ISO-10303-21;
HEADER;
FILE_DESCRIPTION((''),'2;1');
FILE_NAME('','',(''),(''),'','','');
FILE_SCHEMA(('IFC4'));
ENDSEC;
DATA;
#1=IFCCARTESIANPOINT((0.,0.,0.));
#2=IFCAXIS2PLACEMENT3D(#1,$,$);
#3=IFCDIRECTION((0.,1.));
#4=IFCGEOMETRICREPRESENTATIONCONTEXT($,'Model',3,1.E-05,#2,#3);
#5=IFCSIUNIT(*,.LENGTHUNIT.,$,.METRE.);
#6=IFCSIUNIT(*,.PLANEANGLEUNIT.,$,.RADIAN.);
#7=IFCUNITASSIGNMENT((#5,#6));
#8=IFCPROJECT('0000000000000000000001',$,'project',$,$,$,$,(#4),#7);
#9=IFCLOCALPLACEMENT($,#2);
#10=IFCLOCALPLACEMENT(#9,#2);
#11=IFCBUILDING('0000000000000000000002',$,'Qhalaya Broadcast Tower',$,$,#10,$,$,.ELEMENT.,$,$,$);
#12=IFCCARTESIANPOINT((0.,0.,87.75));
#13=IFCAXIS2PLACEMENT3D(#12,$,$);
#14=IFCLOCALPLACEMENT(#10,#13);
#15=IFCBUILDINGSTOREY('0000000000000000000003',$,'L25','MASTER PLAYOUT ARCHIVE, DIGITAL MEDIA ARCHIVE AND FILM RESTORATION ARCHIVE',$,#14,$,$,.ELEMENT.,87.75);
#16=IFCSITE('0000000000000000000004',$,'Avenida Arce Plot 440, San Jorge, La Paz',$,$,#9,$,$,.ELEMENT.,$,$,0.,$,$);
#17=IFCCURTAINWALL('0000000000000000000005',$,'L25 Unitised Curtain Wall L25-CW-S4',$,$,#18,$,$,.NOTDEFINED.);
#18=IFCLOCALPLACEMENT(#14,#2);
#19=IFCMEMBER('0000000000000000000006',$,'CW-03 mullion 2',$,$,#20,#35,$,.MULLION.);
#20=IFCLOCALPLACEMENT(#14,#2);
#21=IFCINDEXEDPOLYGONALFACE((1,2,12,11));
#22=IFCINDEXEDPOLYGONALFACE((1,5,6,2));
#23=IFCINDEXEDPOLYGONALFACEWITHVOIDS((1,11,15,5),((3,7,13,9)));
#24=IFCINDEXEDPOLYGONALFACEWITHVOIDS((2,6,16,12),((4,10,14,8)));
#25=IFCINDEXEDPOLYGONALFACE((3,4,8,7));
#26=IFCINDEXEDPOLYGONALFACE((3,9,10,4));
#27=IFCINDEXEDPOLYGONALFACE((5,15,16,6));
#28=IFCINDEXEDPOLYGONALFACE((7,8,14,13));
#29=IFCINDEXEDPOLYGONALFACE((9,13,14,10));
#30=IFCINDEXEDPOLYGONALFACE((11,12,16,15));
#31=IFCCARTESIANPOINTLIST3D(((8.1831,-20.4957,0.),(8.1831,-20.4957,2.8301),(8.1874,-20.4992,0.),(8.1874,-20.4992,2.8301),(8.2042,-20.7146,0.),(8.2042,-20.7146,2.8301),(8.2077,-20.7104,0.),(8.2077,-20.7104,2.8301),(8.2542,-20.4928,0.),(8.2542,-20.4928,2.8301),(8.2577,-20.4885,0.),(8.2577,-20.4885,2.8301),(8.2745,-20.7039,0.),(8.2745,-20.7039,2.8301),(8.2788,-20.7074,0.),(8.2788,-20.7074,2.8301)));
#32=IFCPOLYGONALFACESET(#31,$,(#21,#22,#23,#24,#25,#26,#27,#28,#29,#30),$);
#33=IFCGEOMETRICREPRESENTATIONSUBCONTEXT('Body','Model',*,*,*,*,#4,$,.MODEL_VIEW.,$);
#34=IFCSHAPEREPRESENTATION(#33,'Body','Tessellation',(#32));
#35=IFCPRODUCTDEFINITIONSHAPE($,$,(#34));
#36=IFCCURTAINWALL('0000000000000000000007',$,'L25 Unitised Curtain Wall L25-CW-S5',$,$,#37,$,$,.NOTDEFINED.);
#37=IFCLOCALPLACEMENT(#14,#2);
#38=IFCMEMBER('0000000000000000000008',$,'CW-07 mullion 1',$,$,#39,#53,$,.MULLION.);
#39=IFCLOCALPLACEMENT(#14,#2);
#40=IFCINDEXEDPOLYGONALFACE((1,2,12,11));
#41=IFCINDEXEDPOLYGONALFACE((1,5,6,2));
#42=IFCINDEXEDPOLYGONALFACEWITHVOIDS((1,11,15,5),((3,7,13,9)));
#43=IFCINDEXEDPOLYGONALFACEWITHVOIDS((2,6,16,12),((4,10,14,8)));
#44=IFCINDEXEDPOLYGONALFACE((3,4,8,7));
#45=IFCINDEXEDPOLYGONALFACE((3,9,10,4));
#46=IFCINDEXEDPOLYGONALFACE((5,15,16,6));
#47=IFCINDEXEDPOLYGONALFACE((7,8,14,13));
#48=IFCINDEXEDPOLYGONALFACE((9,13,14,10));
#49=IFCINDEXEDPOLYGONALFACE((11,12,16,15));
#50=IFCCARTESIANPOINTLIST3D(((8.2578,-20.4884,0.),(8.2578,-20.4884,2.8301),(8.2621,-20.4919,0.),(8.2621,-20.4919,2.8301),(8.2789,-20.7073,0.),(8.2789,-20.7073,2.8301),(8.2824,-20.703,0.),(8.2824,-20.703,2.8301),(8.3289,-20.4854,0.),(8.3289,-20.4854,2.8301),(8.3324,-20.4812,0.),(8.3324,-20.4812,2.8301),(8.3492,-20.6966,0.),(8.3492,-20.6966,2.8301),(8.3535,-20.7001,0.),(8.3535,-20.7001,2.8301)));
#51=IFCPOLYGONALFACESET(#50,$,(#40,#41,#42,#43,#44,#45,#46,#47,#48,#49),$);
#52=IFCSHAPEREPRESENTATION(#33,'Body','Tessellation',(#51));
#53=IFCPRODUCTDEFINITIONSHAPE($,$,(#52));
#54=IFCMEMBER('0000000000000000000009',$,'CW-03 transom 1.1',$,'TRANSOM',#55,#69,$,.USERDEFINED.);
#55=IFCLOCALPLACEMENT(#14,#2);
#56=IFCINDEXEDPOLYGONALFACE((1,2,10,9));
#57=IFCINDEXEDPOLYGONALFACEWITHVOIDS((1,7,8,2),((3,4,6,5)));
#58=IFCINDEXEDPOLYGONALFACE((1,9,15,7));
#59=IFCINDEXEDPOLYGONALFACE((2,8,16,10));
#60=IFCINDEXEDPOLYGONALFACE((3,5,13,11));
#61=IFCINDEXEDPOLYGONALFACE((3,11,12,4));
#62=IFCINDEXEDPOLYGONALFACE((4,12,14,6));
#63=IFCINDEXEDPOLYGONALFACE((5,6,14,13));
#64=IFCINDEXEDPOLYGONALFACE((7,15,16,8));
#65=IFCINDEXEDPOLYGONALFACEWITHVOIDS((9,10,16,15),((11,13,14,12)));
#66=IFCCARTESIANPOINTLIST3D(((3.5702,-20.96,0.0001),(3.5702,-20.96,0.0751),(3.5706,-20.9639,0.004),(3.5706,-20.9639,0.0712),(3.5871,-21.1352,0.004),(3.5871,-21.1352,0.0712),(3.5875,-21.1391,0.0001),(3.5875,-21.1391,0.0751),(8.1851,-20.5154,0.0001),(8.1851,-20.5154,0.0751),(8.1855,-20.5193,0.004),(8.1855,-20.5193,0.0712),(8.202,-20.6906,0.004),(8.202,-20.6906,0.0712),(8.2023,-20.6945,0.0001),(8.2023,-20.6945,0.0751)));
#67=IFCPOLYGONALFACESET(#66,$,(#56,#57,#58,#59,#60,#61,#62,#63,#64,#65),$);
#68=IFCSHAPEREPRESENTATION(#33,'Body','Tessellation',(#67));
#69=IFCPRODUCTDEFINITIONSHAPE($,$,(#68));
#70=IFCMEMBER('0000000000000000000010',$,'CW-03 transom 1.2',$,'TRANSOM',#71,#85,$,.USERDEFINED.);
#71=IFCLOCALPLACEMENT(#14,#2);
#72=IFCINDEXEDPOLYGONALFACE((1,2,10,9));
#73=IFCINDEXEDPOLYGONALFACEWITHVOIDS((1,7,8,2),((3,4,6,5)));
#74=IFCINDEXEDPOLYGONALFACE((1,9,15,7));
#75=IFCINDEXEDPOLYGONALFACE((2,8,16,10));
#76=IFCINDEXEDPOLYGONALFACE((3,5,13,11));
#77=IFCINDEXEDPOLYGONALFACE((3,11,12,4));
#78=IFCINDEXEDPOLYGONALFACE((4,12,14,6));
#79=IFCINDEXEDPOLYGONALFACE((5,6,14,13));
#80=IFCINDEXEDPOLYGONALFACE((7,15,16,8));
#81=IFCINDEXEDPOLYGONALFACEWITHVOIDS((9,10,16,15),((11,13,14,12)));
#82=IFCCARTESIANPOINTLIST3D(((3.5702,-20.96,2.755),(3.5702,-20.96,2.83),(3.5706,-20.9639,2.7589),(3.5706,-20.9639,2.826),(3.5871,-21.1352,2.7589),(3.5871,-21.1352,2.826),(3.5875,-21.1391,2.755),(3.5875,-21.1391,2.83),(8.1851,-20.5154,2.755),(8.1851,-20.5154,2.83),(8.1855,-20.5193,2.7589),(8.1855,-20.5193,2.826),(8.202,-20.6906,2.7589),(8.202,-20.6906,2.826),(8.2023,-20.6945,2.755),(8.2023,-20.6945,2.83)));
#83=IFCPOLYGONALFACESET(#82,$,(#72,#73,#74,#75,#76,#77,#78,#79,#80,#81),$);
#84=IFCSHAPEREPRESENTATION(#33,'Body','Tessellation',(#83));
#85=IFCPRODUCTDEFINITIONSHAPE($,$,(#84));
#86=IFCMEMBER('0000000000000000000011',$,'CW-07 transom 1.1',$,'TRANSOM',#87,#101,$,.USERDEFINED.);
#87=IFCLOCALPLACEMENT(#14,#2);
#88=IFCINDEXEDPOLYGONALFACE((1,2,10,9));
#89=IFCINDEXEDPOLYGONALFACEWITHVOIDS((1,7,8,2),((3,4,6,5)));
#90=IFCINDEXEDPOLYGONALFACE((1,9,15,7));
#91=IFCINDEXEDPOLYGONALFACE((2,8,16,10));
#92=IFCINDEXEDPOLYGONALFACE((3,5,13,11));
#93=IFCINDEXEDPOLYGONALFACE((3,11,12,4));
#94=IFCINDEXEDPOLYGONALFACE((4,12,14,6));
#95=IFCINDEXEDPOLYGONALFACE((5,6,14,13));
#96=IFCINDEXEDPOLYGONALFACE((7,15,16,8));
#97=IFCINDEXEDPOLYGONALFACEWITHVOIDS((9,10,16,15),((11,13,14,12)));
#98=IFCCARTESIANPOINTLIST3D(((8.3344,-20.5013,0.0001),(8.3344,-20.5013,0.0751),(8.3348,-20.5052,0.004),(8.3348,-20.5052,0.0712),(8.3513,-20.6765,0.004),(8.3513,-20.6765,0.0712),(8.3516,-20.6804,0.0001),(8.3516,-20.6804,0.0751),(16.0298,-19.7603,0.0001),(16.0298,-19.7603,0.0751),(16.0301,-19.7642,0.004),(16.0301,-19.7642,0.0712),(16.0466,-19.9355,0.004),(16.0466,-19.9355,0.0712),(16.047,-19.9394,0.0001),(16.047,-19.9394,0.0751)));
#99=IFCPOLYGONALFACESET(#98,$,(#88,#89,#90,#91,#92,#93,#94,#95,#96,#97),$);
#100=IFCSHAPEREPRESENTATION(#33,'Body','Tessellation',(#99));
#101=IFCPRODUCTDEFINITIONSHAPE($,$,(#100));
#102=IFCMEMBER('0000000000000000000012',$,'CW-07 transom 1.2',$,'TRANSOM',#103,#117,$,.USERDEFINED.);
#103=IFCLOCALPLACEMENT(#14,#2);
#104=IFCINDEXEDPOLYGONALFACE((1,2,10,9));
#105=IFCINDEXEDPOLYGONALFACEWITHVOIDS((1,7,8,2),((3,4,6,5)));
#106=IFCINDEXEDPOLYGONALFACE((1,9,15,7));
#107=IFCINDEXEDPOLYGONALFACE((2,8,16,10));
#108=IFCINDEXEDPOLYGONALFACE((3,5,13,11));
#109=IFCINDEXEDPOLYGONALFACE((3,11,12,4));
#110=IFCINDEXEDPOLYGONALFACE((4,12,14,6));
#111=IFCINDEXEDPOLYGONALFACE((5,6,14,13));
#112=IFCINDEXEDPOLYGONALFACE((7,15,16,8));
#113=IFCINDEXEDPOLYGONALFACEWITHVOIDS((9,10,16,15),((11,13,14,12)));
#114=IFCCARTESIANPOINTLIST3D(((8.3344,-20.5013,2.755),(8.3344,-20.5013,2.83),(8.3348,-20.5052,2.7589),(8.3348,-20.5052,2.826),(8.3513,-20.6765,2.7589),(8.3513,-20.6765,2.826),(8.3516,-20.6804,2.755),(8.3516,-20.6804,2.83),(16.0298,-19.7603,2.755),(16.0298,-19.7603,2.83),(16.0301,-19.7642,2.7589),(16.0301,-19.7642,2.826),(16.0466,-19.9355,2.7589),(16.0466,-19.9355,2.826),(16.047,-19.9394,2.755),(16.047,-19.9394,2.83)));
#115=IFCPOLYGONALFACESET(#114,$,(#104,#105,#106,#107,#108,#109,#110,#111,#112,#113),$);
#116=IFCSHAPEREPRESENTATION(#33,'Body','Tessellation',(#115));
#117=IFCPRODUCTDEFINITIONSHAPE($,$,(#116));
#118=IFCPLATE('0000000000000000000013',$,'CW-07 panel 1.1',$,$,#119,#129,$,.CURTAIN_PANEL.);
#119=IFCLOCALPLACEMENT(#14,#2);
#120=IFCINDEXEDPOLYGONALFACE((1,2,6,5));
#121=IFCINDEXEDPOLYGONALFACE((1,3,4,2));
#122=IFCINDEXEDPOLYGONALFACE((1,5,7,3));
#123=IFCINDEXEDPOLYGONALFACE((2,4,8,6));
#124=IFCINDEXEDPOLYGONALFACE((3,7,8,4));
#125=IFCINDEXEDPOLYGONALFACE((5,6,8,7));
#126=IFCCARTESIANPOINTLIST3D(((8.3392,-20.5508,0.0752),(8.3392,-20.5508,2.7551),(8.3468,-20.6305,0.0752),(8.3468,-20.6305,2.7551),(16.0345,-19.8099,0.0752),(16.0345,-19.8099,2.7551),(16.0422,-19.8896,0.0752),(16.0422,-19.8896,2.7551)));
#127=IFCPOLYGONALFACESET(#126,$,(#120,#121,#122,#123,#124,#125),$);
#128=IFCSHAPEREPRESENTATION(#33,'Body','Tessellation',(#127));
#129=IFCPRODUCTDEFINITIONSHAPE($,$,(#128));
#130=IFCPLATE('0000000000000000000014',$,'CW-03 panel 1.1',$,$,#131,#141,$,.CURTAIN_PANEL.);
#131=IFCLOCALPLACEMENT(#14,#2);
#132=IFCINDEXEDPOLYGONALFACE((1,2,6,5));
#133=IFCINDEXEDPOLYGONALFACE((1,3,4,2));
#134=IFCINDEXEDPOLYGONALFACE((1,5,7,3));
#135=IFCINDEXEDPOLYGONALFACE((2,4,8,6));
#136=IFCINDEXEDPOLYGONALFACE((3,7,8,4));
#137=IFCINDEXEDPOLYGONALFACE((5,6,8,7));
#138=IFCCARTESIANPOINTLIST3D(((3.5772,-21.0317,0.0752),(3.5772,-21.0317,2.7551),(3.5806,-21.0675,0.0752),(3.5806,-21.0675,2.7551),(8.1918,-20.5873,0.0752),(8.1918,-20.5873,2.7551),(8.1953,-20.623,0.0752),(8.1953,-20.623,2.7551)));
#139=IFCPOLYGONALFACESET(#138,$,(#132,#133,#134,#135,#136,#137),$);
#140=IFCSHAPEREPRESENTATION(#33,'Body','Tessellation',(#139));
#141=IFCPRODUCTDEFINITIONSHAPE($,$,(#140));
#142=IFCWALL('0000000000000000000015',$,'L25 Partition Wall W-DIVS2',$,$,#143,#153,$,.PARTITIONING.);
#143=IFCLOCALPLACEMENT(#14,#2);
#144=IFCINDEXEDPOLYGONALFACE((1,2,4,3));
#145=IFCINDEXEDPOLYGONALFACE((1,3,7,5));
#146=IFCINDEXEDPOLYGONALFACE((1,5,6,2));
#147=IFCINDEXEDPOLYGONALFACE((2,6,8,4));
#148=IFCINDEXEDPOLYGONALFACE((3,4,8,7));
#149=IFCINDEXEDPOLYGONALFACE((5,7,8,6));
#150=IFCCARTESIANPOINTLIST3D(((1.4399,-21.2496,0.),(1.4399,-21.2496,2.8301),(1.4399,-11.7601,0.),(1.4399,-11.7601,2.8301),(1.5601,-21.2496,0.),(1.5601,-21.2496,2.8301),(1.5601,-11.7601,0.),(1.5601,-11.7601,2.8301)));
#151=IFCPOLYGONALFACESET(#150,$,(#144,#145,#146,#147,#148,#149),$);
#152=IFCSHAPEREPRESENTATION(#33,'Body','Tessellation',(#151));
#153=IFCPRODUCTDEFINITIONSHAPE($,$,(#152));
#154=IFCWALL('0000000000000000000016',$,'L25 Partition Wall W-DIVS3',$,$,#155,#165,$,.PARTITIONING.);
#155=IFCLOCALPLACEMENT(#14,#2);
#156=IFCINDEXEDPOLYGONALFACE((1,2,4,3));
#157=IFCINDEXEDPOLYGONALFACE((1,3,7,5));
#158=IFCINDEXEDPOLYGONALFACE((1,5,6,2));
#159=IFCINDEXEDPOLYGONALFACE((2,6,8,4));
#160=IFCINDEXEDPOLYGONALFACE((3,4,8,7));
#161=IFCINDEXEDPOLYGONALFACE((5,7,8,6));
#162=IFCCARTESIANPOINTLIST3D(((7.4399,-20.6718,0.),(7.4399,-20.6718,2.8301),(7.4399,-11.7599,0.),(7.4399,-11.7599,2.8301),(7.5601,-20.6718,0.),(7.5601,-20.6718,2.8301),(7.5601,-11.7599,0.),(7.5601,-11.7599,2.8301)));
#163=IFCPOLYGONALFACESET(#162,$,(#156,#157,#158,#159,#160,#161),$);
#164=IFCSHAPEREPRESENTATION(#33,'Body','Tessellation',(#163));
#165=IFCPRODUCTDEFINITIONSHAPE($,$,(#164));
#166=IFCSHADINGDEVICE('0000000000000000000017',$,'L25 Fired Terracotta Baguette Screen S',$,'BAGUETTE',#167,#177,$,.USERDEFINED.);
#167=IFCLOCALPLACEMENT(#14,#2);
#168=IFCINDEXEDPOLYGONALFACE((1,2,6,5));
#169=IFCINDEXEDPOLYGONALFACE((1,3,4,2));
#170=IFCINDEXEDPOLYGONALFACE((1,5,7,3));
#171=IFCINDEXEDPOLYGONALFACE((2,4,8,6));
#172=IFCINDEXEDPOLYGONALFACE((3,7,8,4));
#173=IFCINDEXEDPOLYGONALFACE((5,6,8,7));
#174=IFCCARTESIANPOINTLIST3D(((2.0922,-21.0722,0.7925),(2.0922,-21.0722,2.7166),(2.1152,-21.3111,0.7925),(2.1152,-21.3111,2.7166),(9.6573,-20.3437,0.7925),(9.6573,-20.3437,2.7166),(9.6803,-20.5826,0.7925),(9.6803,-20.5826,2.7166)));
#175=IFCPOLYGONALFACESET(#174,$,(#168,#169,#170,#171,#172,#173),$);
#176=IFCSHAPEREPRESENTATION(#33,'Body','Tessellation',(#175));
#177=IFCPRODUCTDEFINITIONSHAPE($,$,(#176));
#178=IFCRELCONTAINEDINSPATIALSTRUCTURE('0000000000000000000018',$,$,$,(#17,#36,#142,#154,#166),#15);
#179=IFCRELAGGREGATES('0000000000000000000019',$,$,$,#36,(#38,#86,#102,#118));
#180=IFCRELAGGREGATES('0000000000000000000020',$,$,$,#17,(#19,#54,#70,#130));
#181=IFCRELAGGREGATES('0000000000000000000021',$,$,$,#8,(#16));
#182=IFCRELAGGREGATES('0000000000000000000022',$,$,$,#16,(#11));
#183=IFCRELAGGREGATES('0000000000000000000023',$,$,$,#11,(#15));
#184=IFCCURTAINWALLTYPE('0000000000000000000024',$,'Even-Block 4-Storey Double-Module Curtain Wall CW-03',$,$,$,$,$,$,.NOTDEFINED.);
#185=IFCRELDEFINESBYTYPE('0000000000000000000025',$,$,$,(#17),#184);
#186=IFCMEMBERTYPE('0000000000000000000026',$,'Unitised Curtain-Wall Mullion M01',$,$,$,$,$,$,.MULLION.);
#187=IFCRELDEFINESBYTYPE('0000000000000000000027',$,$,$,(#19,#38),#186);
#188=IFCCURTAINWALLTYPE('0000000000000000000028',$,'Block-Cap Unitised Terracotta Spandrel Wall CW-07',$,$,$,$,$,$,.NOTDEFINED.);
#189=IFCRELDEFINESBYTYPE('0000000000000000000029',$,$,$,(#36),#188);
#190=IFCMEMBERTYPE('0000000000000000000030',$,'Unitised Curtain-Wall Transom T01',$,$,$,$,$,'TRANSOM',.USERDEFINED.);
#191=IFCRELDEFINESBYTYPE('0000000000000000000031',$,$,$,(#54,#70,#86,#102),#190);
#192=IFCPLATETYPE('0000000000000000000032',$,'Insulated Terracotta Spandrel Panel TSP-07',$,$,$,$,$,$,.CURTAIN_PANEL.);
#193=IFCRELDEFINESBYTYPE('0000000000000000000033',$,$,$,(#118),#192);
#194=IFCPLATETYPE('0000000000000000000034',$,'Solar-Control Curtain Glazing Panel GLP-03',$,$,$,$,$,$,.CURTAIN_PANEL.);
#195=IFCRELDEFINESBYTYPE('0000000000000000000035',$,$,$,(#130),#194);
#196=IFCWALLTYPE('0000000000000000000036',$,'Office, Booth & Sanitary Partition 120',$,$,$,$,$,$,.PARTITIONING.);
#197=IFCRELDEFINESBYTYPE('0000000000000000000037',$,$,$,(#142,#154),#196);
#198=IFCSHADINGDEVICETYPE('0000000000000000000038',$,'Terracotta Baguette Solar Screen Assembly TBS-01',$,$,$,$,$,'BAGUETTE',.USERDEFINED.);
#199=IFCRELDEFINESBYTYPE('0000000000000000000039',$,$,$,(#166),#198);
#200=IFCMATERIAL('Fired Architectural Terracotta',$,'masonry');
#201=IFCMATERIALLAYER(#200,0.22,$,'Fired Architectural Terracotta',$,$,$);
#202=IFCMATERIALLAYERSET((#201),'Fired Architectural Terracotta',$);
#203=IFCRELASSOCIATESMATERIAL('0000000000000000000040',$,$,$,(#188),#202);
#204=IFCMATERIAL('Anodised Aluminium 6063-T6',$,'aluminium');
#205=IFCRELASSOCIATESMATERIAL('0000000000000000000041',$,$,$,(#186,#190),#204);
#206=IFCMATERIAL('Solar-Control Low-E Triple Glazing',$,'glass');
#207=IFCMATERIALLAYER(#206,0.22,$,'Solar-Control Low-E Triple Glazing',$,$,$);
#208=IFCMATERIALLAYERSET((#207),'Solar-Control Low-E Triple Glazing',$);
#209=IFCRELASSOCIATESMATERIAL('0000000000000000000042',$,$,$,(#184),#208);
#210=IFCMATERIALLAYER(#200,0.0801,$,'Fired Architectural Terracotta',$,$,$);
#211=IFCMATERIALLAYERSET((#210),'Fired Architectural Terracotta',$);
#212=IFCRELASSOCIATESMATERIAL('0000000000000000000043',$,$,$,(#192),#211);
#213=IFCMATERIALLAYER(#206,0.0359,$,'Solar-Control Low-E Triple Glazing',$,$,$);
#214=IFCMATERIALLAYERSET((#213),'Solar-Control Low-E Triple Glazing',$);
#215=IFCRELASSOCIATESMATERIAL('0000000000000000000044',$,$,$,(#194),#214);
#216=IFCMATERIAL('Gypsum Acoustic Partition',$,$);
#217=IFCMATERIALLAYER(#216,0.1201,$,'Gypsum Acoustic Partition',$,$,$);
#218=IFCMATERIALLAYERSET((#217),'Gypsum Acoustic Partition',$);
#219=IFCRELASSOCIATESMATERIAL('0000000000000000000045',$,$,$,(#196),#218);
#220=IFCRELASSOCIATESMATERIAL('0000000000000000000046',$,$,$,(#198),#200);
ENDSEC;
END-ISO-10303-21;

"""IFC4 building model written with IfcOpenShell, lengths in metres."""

from ifc_helpers import new_model, si_unit, direction, frame, frame_2d, origin, origin_2d, place, context, subcontext, project, spatial, rectangle, hollow_rectangle, extrude, material, layer, layer_set, material_profile, profile_set, type_object, element, aggregate, save


model = new_model("IFC4")

# Units and contexts
model_context = context("Model", 3, precision=1e-05, world=origin(), true_north=direction((0.0, 1.0)))
body_context = subcontext(model_context, "Body", "Model", "MODEL_VIEW")
ifc_project = project(units=[si_unit("LENGTHUNIT", "METRE"), si_unit("PLANEANGLEUNIT", "RADIAN")], contexts=[model_context])

# Site, building, storey
site_placement = place(None, origin())
site = spatial("IfcSite", under=ifc_project, at=site_placement, Name="Avenida Arce Plot 440, San Jorge, La Paz", CompositionType="ELEMENT", RefElevation=0.0)
building_placement = place(site_placement, origin())
building = spatial("IfcBuilding", under=site, at=building_placement, Name="Qhalaya Broadcast Tower", CompositionType="ELEMENT")
storey_placement = place(building_placement, frame((0.0, 0.0, 87.75)))
storey = spatial("IfcBuildingStorey", under=building, at=storey_placement, Name="L25", Description="MASTER PLAYOUT ARCHIVE, DIGITAL MEDIA ARCHIVE AND FILM RESTORATION ARCHIVE", CompositionType="ELEMENT", Elevation=87.75)

# Shared definitions
ifc_material_1 = material(Name="Fired Architectural Terracotta", Category="masonry")
ifc_layer_1 = layer(ifc_material_1, 0.22, Name="Fired Architectural Terracotta")
ifc_layer_set_1 = layer_set([ifc_layer_1], Name="Fired Architectural Terracotta")
curtain_wall_type_1 = type_object("IfcCurtainWallType", Name="Block-Cap Unitised Terracotta Spandrel Wall CW-07", PredefinedType="NOTDEFINED", material=ifc_layer_set_1)
ifc_material_2 = material(Name="Anodised Aluminium 6063-T6", Category="aluminium")
ifc_material_profile_1 = material_profile(ifc_material_2, hollow_rectangle(XDim=0.075, YDim=0.22, WallThickness=0.0039, at=origin_2d()), Name="ALU-MUL 75x220x4")
ifc_profile_set_1 = profile_set([ifc_material_profile_1], Name="Anodised Aluminium 6063-T6")
member_type_1 = type_object("IfcMemberType", Name="Unitised Curtain-Wall Mullion M01", PredefinedType="MULLION", material=ifc_profile_set_1)

# Curtain wall, member
ifc_material_3 = material(Name="Solar-Control Low-E Triple Glazing", Category="glass")
ifc_layer_2 = layer(ifc_material_3, 0.22, Name="Solar-Control Low-E Triple Glazing")
ifc_layer_set_2 = layer_set([ifc_layer_2], Name="Solar-Control Low-E Triple Glazing")
curtain_wall_type_2 = type_object("IfcCurtainWallType", Name="Even-Block 4-Storey Double-Module Curtain Wall CW-03", PredefinedType="NOTDEFINED", material=ifc_layer_set_2)
curtain_wall_1_placement = place(storey_placement, origin())
curtain_wall_1 = element("IfcCurtainWall", 1, at=curtain_wall_1_placement, inside=storey, type_object=curtain_wall_type_2, Name="L25 Unitised Curtain Wall L25-CW-S4", PredefinedType="NOTDEFINED")
member_1_placement = place(storey_placement, frame((8.231, -20.6016, 0.0), z_axis=(0.0, 0.0, 1.0), x_axis=(0.995395, 0.095862, 0.0)))
member_1 = element("IfcMember", 2, at=member_1_placement, type_object=member_type_1, Name="CW-03 mullion 2", PredefinedType="MULLION", context=body_context, shape_type="SweptSolid", body=[
    extrude(hollow_rectangle(XDim=0.075, YDim=0.22, WallThickness=0.0039, at=origin_2d()), origin(), (0.0, 0.0, 1.0), 2.8301),
])

# Curtain wall, member
curtain_wall_2_placement = place(storey_placement, origin())
curtain_wall_2 = element("IfcCurtainWall", 3, at=curtain_wall_2_placement, inside=storey, type_object=curtain_wall_type_1, Name="L25 Unitised Curtain Wall L25-CW-S5", PredefinedType="NOTDEFINED")
member_2_placement = place(storey_placement, frame((8.3057, -20.5942, 0.0), z_axis=(0.0, 0.0, 1.0), x_axis=(0.995397, 0.095838, 0.0)))
member_2 = element("IfcMember", 4, at=member_2_placement, type_object=member_type_1, Name="CW-07 mullion 1", PredefinedType="MULLION", context=body_context, shape_type="SweptSolid", body=[
    extrude(hollow_rectangle(XDim=0.075, YDim=0.22, WallThickness=0.0039, at=origin_2d()), origin(), (0.0, 0.0, 1.0), 2.8301),
])

# Members
ifc_material_profile_2 = material_profile(ifc_material_2, hollow_rectangle(XDim=0.075, YDim=0.1799, WallThickness=0.0039, at=origin_2d()), Name="ALU-TRN 75x180x4")
ifc_profile_set_2 = profile_set([ifc_material_profile_2], Name="Anodised Aluminium 6063-T6")
member_type_2 = type_object("IfcMemberType", Name="Unitised Curtain-Wall Transom T01", ElementType="TRANSOM", PredefinedType="USERDEFINED", material=ifc_profile_set_2)
member_3_placement = place(storey_placement, frame((3.5789, -21.0496, 0.0376), z_axis=(0.995391, 0.095895, 0.0), x_axis=(0.0, 0.0, 1.0)))
member_3 = element("IfcMember", 5, at=member_3_placement, type_object=member_type_2, Name="CW-03 transom 1.1", ObjectType="TRANSOM", PredefinedType="USERDEFINED", context=body_context, shape_type="SweptSolid", body=[
    extrude(hollow_rectangle(XDim=0.075, YDim=0.1799, WallThickness=0.0039, at=origin_2d()), origin(), (0.0, 0.0, 1.0), 4.6362),
])
member_4_placement = place(storey_placement, frame((3.5789, -21.0496, 2.7925), z_axis=(0.995391, 0.095895, 0.0), x_axis=(0.0, 0.0, 1.0)))
member_4 = element("IfcMember", 6, at=member_4_placement, type_object=member_type_2, Name="CW-03 transom 1.2", ObjectType="TRANSOM", PredefinedType="USERDEFINED", context=body_context, shape_type="SweptSolid", body=[
    extrude(hollow_rectangle(XDim=0.075, YDim=0.1799, WallThickness=0.0039, at=origin_2d()), origin(), (0.0, 0.0, 1.0), 4.6362),
])
member_5_placement = place(storey_placement, frame((8.343, -20.5908, 0.0376), z_axis=(0.995396, 0.095845, 0.0), x_axis=(0.0, 0.0, 1.0)))
member_5 = element("IfcMember", 7, at=member_5_placement, type_object=member_type_2, Name="CW-07 transom 1.1", ObjectType="TRANSOM", PredefinedType="USERDEFINED", context=body_context, shape_type="SweptSolid", body=[
    extrude(hollow_rectangle(XDim=0.075, YDim=0.1799, WallThickness=0.0039, at=origin_2d()), origin(), (0.0, 0.0, 1.0), 7.731),
])
member_6_placement = place(storey_placement, frame((8.343, -20.5908, 2.7925), z_axis=(0.995396, 0.095845, 0.0), x_axis=(0.0, 0.0, 1.0)))
member_6 = element("IfcMember", 8, at=member_6_placement, type_object=member_type_2, Name="CW-07 transom 1.2", ObjectType="TRANSOM", PredefinedType="USERDEFINED", context=body_context, shape_type="SweptSolid", body=[
    extrude(hollow_rectangle(XDim=0.075, YDim=0.1799, WallThickness=0.0039, at=origin_2d()), origin(), (0.0, 0.0, 1.0), 7.731),
])

# Plates
ifc_layer_3 = layer(ifc_material_1, 0.0801, Name="Fired Architectural Terracotta")
ifc_layer_set_3 = layer_set([ifc_layer_3], Name="Fired Architectural Terracotta")
plate_type_1 = type_object("IfcPlateType", Name="Insulated Terracotta Spandrel Panel TSP-07", PredefinedType="CURTAIN_PANEL", material=ifc_layer_set_3)
plate_1_placement = place(storey_placement, frame((12.1907, -20.2202, 0.0752), z_axis=(0.0, 0.0, 1.0), x_axis=(0.995397, 0.095838, 0.0)))
plate_1 = element("IfcPlate", 9, at=plate_1_placement, type_object=plate_type_1, Name="CW-07 panel 1.1", PredefinedType="CURTAIN_PANEL", context=body_context, shape_type="SweptSolid", body=[
    extrude(rectangle(XDim=7.731, YDim=0.0801, at=origin_2d()), origin(), (0.0, 0.0, 1.0), 2.6799),
])
aggregate(curtain_wall_2, [member_2, member_5, member_6, plate_1])
ifc_layer_4 = layer(ifc_material_3, 0.0359, Name="Solar-Control Low-E Triple Glazing")
ifc_layer_set_4 = layer_set([ifc_layer_4], Name="Solar-Control Low-E Triple Glazing")
plate_type_2 = type_object("IfcPlateType", Name="Solar-Control Curtain Glazing Panel GLP-03", PredefinedType="CURTAIN_PANEL", material=ifc_layer_set_4)
plate_2_placement = place(storey_placement, frame((5.8862, -20.8274, 0.0752), z_axis=(0.0, 0.0, 1.0), x_axis=(0.995395, 0.095862, 0.0)))
plate_2 = element("IfcPlate", 10, at=plate_2_placement, type_object=plate_type_2, Name="CW-03 panel 1.1", PredefinedType="CURTAIN_PANEL", context=body_context, shape_type="SweptSolid", body=[
    extrude(rectangle(XDim=4.636, YDim=0.0359, at=origin_2d()), origin(), (0.0, 0.0, 1.0), 2.6799),
])
aggregate(curtain_wall_1, [member_1, member_3, member_4, plate_2])

# Walls
ifc_material_4 = material(Name="Gypsum Acoustic Partition")
ifc_layer_5 = layer(ifc_material_4, 0.1201, Name="Gypsum Acoustic Partition")
ifc_layer_set_5 = layer_set([ifc_layer_5], Name="Gypsum Acoustic Partition")
wall_type = type_object("IfcWallType", Name="Office, Booth & Sanitary Partition 120", PredefinedType="PARTITIONING", material=ifc_layer_set_5)
wall_1_placement = place(storey_placement, frame((1.5, -21.2495, 0.0), z_axis=(0.0, 0.0, 1.0), x_axis=(0.0, 1.0, 0.0)))
element("IfcWall", 11, at=wall_1_placement, inside=storey, type_object=wall_type, Name="L25 Partition Wall W-DIVS2", PredefinedType="PARTITIONING", context=body_context, shape_type="SweptSolid", body=[
    extrude(rectangle(XDim=9.4895, YDim=0.1201, at=frame_2d((4.7446, 0.0))), origin(), (0.0, 0.0, 1.0), 2.8301),
])
wall_2_placement = place(storey_placement, frame((7.5, -20.6719, 0.0), z_axis=(0.0, 0.0, 1.0), x_axis=(0.0, 1.0, 0.0)))
element("IfcWall", 12, at=wall_2_placement, inside=storey, type_object=wall_type, Name="L25 Partition Wall W-DIVS3", PredefinedType="PARTITIONING", context=body_context, shape_type="SweptSolid", body=[
    extrude(rectangle(XDim=8.9119, YDim=0.1201, at=frame_2d((4.4561, 0.0))), origin(), (0.0, 0.0, 1.0), 2.8301),
])

# Shading device
shading_device_type = type_object("IfcShadingDeviceType", Name="Terracotta Baguette Solar Screen Assembly TBS-01", ElementType="BAGUETTE", PredefinedType="USERDEFINED", material=ifc_material_1)
shading_device_placement = place(storey_placement, frame((5.8862, -20.8274, 0.7925), z_axis=(0.0, 0.0, 1.0), x_axis=(0.995396, 0.095846, 0.0)))
element("IfcShadingDevice", 13, at=shading_device_placement, inside=storey, type_object=shading_device_type, Name="L25 Fired Terracotta Baguette Screen S", ObjectType="BAGUETTE", PredefinedType="USERDEFINED", context=body_context, shape_type="SweptSolid", body=[
    extrude(rectangle(XDim=7.6001, YDim=0.24, at=origin_2d()), origin(), (0.0, 0.0, 1.0), 1.9241),
])

save(model, "model.ifc")
